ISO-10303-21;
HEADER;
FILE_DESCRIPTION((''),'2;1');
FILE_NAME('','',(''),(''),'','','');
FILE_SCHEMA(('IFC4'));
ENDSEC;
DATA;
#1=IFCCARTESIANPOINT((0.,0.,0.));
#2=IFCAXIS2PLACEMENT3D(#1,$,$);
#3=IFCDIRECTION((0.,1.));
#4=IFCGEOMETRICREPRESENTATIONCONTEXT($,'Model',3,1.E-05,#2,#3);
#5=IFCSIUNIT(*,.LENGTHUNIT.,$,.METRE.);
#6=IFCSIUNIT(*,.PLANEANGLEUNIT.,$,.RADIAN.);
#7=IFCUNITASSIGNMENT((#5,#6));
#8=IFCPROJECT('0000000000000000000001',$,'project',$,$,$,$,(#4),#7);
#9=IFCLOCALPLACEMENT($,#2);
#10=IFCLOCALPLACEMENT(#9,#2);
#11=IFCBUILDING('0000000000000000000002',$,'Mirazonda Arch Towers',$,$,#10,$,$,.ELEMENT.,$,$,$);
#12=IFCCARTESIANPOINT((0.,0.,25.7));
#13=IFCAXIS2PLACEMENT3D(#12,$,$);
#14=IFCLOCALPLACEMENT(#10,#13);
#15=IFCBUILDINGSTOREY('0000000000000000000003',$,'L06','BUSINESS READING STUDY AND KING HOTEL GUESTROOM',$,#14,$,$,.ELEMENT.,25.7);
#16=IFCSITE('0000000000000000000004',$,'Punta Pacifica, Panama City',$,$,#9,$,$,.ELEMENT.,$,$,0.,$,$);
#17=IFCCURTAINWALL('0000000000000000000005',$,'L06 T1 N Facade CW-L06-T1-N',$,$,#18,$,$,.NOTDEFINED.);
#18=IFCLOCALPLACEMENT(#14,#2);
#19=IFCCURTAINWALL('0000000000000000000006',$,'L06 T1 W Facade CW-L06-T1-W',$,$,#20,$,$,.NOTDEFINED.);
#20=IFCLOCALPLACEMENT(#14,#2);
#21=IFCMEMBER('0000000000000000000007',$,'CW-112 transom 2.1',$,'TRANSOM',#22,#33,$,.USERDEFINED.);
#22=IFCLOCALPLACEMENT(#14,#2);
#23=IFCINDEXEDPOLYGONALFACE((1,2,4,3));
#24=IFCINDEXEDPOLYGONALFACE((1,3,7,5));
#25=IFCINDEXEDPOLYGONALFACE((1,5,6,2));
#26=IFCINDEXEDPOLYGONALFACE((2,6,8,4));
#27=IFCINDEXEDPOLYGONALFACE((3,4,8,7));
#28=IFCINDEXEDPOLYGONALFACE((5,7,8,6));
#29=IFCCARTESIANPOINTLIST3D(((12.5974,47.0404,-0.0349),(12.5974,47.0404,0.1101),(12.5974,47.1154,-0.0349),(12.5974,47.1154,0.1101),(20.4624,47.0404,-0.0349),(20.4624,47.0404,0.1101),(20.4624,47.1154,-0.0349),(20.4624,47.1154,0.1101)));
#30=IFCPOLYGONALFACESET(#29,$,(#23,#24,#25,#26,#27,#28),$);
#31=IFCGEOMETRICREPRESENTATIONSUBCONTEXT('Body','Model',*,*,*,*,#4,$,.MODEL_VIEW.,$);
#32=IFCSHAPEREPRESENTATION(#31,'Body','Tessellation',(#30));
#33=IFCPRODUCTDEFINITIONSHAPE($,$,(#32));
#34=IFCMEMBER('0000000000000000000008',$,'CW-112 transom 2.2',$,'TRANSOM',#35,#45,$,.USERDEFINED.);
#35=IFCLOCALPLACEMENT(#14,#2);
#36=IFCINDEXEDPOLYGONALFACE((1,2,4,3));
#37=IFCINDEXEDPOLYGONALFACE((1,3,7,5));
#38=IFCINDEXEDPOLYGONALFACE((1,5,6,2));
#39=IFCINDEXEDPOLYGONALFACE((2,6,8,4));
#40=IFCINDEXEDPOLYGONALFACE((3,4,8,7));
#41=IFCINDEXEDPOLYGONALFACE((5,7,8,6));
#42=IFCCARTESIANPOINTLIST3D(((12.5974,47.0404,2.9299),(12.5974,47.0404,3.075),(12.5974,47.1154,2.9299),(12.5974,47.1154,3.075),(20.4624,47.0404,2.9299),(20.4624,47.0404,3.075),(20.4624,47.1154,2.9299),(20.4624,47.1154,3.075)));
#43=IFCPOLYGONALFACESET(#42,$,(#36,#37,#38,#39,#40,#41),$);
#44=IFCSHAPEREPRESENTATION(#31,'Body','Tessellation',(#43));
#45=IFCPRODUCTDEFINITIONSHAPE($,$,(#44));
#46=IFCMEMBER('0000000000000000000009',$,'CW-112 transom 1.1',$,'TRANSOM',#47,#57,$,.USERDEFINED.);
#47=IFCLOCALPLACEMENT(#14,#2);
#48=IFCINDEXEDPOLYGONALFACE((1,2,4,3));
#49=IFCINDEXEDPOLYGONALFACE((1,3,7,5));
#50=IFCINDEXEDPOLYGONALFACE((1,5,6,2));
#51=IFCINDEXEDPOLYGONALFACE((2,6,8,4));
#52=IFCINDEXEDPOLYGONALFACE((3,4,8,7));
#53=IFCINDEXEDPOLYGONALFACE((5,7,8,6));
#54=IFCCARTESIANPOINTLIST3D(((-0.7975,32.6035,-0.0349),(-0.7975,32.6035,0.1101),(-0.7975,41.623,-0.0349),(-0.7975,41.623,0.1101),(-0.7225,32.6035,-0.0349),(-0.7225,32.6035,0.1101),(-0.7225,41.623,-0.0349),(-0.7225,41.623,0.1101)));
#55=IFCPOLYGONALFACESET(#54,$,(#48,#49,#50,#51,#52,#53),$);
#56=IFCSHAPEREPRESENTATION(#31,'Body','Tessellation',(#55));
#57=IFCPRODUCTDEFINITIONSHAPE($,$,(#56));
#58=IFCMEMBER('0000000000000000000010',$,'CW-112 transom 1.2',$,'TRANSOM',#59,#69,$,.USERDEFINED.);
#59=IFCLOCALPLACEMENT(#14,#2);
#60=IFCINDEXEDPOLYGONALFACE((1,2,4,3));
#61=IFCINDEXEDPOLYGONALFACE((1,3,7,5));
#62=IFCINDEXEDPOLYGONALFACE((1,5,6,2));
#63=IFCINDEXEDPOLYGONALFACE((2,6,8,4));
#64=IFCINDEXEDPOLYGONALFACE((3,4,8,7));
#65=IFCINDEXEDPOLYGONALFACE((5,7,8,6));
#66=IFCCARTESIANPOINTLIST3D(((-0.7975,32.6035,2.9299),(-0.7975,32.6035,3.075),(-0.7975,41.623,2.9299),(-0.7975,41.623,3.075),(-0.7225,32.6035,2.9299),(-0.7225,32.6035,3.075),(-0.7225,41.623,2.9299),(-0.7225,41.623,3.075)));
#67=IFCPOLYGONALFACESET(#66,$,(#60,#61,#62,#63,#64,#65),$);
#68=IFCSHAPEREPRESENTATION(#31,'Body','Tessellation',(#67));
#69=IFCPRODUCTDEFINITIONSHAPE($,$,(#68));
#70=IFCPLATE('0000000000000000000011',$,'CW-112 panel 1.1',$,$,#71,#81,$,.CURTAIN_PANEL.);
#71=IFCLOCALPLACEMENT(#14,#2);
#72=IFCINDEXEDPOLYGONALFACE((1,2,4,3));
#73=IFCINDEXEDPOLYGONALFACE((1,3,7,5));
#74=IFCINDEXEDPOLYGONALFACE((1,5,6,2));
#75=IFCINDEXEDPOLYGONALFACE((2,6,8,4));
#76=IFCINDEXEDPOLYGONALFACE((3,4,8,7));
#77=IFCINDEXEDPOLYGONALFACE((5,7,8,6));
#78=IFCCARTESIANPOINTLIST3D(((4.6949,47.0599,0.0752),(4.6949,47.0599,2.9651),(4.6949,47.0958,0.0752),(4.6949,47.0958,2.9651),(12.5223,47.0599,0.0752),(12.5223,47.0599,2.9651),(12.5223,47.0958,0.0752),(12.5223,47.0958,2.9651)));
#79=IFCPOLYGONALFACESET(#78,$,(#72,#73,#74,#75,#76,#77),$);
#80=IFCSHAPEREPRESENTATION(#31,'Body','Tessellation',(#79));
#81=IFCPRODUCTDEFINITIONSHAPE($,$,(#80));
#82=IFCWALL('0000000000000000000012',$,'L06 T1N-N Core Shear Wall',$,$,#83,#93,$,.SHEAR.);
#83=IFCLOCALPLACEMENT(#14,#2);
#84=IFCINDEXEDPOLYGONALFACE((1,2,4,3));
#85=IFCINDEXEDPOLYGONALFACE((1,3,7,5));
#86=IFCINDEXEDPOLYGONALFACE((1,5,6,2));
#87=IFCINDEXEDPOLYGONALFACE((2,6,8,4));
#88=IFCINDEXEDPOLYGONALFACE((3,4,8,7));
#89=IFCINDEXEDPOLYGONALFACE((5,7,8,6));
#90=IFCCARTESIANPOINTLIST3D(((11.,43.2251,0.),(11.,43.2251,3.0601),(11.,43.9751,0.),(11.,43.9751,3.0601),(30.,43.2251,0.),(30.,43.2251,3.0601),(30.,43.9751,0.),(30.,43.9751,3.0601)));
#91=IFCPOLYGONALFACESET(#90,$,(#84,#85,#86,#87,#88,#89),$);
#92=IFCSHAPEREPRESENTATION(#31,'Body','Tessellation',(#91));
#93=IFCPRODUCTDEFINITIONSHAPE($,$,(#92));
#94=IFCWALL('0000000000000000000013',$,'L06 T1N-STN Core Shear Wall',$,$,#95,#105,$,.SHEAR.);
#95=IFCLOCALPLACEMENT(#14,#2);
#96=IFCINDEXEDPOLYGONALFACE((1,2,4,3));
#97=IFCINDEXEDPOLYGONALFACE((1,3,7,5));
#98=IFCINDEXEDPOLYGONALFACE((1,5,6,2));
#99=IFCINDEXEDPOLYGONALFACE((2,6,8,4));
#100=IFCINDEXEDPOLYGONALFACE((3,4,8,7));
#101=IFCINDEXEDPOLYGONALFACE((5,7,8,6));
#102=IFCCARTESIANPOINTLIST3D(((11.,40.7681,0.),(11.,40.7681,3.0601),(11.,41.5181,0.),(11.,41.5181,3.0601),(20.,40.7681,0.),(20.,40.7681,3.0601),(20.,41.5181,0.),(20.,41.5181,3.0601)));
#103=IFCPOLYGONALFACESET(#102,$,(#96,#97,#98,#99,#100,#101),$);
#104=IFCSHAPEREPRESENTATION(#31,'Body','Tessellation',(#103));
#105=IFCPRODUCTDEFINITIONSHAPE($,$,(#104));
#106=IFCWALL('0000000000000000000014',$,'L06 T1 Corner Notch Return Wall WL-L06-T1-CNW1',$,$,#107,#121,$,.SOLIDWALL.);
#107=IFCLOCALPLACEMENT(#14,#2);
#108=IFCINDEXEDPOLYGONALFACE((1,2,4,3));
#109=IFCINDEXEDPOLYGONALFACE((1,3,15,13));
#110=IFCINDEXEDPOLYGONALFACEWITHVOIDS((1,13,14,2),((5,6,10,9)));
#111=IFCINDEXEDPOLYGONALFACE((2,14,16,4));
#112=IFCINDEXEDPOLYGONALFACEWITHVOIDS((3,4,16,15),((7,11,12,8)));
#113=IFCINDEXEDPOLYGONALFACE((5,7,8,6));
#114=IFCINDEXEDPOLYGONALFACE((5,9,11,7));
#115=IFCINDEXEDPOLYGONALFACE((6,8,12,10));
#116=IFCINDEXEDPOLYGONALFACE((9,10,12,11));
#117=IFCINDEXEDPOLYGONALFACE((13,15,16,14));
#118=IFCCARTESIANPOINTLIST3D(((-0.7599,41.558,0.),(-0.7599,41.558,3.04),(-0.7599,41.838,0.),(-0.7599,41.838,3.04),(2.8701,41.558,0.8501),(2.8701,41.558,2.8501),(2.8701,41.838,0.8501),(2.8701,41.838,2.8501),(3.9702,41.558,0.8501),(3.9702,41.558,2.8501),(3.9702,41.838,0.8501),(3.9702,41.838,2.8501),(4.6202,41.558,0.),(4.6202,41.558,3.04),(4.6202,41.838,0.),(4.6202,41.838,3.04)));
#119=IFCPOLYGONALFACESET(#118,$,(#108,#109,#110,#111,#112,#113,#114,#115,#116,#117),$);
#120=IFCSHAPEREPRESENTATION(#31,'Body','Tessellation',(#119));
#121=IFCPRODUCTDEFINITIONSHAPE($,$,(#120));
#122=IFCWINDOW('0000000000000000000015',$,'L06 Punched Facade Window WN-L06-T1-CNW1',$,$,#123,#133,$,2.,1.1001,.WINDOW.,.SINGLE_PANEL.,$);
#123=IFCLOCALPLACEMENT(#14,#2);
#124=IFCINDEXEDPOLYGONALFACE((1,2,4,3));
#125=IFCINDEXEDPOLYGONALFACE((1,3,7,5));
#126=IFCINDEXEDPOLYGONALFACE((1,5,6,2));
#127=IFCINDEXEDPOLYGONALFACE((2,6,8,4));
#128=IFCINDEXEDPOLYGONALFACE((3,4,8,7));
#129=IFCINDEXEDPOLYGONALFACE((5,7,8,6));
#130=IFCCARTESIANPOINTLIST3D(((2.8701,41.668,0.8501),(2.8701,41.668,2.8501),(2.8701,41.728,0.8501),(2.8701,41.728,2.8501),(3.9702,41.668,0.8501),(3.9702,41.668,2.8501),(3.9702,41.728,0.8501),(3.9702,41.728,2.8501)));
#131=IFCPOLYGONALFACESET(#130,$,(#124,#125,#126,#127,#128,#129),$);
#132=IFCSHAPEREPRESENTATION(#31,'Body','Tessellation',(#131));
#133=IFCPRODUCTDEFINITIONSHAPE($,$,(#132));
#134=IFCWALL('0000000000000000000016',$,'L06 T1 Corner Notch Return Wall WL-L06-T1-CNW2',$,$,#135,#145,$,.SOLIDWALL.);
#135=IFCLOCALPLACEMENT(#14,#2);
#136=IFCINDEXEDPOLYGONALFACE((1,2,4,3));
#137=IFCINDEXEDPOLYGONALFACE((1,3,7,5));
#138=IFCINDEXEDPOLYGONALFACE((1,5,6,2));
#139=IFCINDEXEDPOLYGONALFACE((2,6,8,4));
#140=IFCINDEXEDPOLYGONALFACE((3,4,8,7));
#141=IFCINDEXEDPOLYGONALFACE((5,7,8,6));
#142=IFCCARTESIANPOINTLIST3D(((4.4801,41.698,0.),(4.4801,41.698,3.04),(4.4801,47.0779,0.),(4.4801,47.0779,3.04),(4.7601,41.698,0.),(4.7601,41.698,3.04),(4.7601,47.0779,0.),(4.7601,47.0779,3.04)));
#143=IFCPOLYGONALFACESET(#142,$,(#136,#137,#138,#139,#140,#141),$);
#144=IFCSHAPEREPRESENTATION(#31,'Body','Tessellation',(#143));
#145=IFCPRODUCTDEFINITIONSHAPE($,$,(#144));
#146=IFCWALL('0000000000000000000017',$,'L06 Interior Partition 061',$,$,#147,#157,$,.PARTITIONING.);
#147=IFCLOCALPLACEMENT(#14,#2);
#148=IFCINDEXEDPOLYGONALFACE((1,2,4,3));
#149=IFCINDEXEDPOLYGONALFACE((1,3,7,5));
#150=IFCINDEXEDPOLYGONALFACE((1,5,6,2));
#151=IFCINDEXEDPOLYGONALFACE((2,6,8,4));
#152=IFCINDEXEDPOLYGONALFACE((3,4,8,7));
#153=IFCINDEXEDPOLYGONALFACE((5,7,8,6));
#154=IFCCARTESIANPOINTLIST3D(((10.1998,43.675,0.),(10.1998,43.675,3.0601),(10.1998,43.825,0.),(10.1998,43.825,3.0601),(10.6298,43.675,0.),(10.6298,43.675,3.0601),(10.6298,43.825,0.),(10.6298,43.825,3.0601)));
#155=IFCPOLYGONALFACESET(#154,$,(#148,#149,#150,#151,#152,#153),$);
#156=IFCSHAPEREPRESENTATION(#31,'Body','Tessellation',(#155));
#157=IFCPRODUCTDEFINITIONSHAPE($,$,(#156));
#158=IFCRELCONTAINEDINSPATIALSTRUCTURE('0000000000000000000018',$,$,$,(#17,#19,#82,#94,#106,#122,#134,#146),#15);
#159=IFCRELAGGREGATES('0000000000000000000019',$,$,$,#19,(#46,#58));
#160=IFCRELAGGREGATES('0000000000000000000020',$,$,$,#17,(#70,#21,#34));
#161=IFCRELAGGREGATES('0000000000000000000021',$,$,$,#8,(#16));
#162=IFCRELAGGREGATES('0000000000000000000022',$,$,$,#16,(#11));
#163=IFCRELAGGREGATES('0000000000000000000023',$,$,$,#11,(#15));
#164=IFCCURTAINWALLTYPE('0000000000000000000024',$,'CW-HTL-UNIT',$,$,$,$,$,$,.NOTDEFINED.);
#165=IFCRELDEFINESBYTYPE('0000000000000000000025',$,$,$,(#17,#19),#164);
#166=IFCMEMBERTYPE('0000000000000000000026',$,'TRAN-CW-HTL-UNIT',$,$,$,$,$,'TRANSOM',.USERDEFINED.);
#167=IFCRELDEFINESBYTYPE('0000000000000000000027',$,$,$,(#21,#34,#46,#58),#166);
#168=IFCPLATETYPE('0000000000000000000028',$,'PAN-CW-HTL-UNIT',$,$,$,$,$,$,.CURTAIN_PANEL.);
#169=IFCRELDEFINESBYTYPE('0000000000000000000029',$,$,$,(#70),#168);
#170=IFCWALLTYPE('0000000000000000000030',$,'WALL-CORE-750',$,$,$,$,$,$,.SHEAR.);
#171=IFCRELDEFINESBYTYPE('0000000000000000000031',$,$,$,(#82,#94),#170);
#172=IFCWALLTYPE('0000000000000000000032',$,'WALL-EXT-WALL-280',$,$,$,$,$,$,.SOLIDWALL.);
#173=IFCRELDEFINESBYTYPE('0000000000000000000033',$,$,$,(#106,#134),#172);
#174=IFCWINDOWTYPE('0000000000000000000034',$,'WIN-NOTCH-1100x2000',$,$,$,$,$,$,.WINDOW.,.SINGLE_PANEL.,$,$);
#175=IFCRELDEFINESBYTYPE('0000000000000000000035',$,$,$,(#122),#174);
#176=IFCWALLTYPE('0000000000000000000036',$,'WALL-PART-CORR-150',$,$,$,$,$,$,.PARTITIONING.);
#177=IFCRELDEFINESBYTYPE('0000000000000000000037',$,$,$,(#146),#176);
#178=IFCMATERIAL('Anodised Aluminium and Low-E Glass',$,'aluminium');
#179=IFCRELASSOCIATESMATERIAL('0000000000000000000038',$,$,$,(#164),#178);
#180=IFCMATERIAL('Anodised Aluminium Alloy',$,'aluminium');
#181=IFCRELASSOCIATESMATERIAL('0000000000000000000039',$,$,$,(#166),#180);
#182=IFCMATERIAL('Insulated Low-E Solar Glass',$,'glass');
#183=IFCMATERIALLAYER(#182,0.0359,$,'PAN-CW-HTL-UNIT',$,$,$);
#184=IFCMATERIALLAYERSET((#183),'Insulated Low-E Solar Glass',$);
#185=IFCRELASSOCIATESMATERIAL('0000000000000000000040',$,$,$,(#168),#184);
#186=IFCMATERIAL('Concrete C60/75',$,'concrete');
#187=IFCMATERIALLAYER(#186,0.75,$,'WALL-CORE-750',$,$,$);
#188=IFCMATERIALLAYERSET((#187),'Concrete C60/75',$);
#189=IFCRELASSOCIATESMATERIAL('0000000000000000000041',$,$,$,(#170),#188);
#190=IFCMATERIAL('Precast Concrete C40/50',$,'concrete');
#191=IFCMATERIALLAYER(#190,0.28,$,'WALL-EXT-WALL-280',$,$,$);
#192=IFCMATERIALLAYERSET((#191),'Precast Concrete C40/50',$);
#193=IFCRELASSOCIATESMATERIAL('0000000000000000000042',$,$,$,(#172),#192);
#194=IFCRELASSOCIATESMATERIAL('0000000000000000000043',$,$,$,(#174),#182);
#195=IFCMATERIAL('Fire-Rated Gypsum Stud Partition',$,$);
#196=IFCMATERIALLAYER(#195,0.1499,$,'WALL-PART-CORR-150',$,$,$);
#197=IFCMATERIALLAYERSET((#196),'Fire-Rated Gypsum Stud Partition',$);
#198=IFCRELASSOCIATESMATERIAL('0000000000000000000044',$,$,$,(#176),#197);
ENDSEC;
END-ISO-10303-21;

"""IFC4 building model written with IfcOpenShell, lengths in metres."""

from ifc_helpers import new_model, si_unit, direction, frame, frame_2d, origin, origin_2d, place, context, subcontext, project, spatial, rectangle, extrude, material, layer, layer_set, material_profile, profile_set, type_object, element, fill, aggregate, save


model = new_model("IFC4")

# Units and contexts
model_context = context("Model", 3, precision=1e-05, world=origin(), true_north=direction((0.0, 1.0)))
body_context = subcontext(model_context, "Body", "Model", "MODEL_VIEW")
ifc_project = project(units=[si_unit("LENGTHUNIT", "METRE"), si_unit("PLANEANGLEUNIT", "RADIAN")], contexts=[model_context])

# Site, building, storey
site_placement = place(None, origin())
site = spatial("IfcSite", under=ifc_project, at=site_placement, Name="Punta Pacifica, Panama City", CompositionType="ELEMENT", RefElevation=0.0)
building_placement = place(site_placement, origin())
building = spatial("IfcBuilding", under=site, at=building_placement, Name="Mirazonda Arch Towers", CompositionType="ELEMENT")
storey_placement = place(building_placement, frame((0.0, 0.0, 25.7)))
storey = spatial("IfcBuildingStorey", under=building, at=storey_placement, Name="L06", Description="BUSINESS READING STUDY AND KING HOTEL GUESTROOM", CompositionType="ELEMENT", Elevation=25.7)

# Shared definitions
ifc_material_1 = material(Name="Concrete C60/75", Category="concrete")

# Curtain wall
ifc_material_2 = material(Name="Anodised Aluminium and Low-E Glass", Category="aluminium")
curtain_wall_type = type_object("IfcCurtainWallType", Name="CW-HTL-UNIT", PredefinedType="NOTDEFINED", material=ifc_material_2)
curtain_wall_1_placement = place(storey_placement, origin())
curtain_wall_1 = element("IfcCurtainWall", 1, at=curtain_wall_1_placement, inside=storey, type_object=curtain_wall_type, Name="L06 T1 N Facade CW-L06-T1-N", PredefinedType="NOTDEFINED")
ifc_material_3 = material(Name="Anodised Aluminium Alloy", Category="aluminium")

# Curtain wall
curtain_wall_2_placement = place(storey_placement, origin())
curtain_wall_2 = element("IfcCurtainWall", 2, at=curtain_wall_2_placement, inside=storey, type_object=curtain_wall_type, Name="L06 T1 W Facade CW-L06-T1-W", PredefinedType="NOTDEFINED")

# Members
ifc_material_profile_1 = material_profile(ifc_material_3, rectangle(XDim=0.075, YDim=0.145, at=origin_2d()), Name="ALU-TRAN-75x145")
ifc_profile_set_1 = profile_set([ifc_material_profile_1], Name="Anodised Aluminium Alloy")
member_type_1 = type_object("IfcMemberType", Name="TRAN-CW-HTL-UNIT", ElementType="TRANSOM", PredefinedType="USERDEFINED", material=ifc_profile_set_1)
member_1_placement = place(storey_placement, frame((12.5974, 47.0779, 0.0376), z_axis=(1.0, 0.0, 0.0), x_axis=(0.0, 1.0, 0.0)))
member_1 = element("IfcMember", 3, at=member_1_placement, type_object=member_type_1, Name="CW-112 transom 2.1", ObjectType="TRANSOM", PredefinedType="USERDEFINED", context=body_context, shape_type="SweptSolid", body=[
    extrude(rectangle(XDim=0.075, YDim=0.145, at=origin_2d()), origin(), (0.0, 0.0, 1.0), 7.865),
])
member_2_placement = place(storey_placement, frame((12.5974, 47.0779, 3.0024), z_axis=(1.0, 0.0, 0.0), x_axis=(0.0, 1.0, 0.0)))
member_2 = element("IfcMember", 4, at=member_2_placement, type_object=member_type_1, Name="CW-112 transom 2.2", ObjectType="TRANSOM", PredefinedType="USERDEFINED", context=body_context, shape_type="SweptSolid", body=[
    extrude(rectangle(XDim=0.075, YDim=0.145, at=origin_2d()), origin(), (0.0, 0.0, 1.0), 7.865),
])
member_3_placement = place(storey_placement, frame((-0.76, 41.623, 0.0376), z_axis=(0.0, -1.0, 0.0), x_axis=(1.0, 0.0, 0.0)))
member_3 = element("IfcMember", 5, at=member_3_placement, type_object=member_type_1, Name="CW-112 transom 1.1", ObjectType="TRANSOM", PredefinedType="USERDEFINED", context=body_context, shape_type="SweptSolid", body=[
    extrude(rectangle(XDim=0.075, YDim=0.145, at=origin_2d()), origin(), (0.0, 0.0, 1.0), 9.0195),
])
member_4_placement = place(storey_placement, frame((-0.76, 41.623, 3.0024), z_axis=(0.0, -1.0, 0.0), x_axis=(1.0, 0.0, 0.0)))
member_4 = element("IfcMember", 6, at=member_4_placement, type_object=member_type_1, Name="CW-112 transom 1.2", ObjectType="TRANSOM", PredefinedType="USERDEFINED", context=body_context, shape_type="SweptSolid", body=[
    extrude(rectangle(XDim=0.075, YDim=0.145, at=origin_2d()), origin(), (0.0, 0.0, 1.0), 9.0195),
])
aggregate(curtain_wall_2, [member_3, member_4])

# Plate
ifc_material_4 = material(Name="Insulated Low-E Solar Glass", Category="glass")
ifc_layer_1 = layer(ifc_material_4, 0.0359, Name="PAN-CW-HTL-UNIT")
ifc_layer_set_1 = layer_set([ifc_layer_1], Name="Insulated Low-E Solar Glass")
plate_type = type_object("IfcPlateType", Name="PAN-CW-HTL-UNIT", PredefinedType="CURTAIN_PANEL", material=ifc_layer_set_1)
plate_placement = place(storey_placement, frame((8.6086, 47.0779, 0.0752), z_axis=(0.0, 0.0, 1.0), x_axis=(1.0, 0.0, 0.0)))
plate = element("IfcPlate", 7, at=plate_placement, type_object=plate_type, Name="CW-112 panel 1.1", PredefinedType="CURTAIN_PANEL", context=body_context, shape_type="SweptSolid", body=[
    extrude(rectangle(XDim=7.8274, YDim=0.0359, at=origin_2d()), origin(), (0.0, 0.0, 1.0), 2.8899),
])
aggregate(curtain_wall_1, [plate, member_1, member_2])

# Walls
ifc_layer_2 = layer(ifc_material_1, 0.75, Name="WALL-CORE-750")
ifc_layer_set_2 = layer_set([ifc_layer_2], Name="Concrete C60/75")
wall_type_1 = type_object("IfcWallType", Name="WALL-CORE-750", PredefinedType="SHEAR", material=ifc_layer_set_2)
wall_1_placement = place(storey_placement, frame((11.0, 43.6001, 0.0), z_axis=(0.0, 0.0, 1.0), x_axis=(1.0, 0.0, 0.0)))
element("IfcWall", 8, at=wall_1_placement, inside=storey, type_object=wall_type_1, Name="L06 T1N-N Core Shear Wall", PredefinedType="SHEAR", context=body_context, shape_type="SweptSolid", body=[
    extrude(rectangle(XDim=19.0, YDim=0.75, at=frame_2d((9.5, 0.0))), origin(), (0.0, 0.0, 1.0), 3.0601),
])
wall_2_placement = place(storey_placement, frame((11.0, 41.1431, 0.0), z_axis=(0.0, 0.0, 1.0), x_axis=(1.0, 0.0, 0.0)))
element("IfcWall", 9, at=wall_2_placement, inside=storey, type_object=wall_type_1, Name="L06 T1N-STN Core Shear Wall", PredefinedType="SHEAR", context=body_context, shape_type="SweptSolid", body=[
    extrude(rectangle(XDim=9.0, YDim=0.75, at=frame_2d((4.5, 0.0))), origin(), (0.0, 0.0, 1.0), 3.0601),
])

# Wall, opening, window
ifc_material_5 = material(Name="Precast Concrete C40/50", Category="concrete")
ifc_layer_3 = layer(ifc_material_5, 0.28, Name="WALL-EXT-WALL-280")
ifc_layer_set_3 = layer_set([ifc_layer_3], Name="Precast Concrete C40/50")
wall_type_2 = type_object("IfcWallType", Name="WALL-EXT-WALL-280", PredefinedType="SOLIDWALL", material=ifc_layer_set_3)
wall_3_placement = place(storey_placement, frame((4.6201, 41.698, 0.0), z_axis=(0.0, 0.0, 1.0), x_axis=(-1.0, 0.0, 0.0)))
wall_3 = element("IfcWall", 10, at=wall_3_placement, inside=storey, type_object=wall_type_2, Name="L06 T1 Corner Notch Return Wall WL-L06-T1-CNW1", PredefinedType="SOLIDWALL", context=body_context, shape_type="SweptSolid", body=[
    extrude(rectangle(XDim=5.3801, YDim=0.28, at=frame_2d((2.6899, 0.0))), origin(), (0.0, 0.0, 1.0), 3.04),
])
opening_1_placement = place(wall_3_placement, frame((0.6499, 0.0, 0.8501)))
opening_1 = element("IfcOpeningElement", 11, at=opening_1_placement, cuts=wall_3, PredefinedType="OPENING", context=body_context, shape_type="SweptSolid", body=[
    extrude(rectangle(XDim=1.1001, YDim=2.0, at=frame_2d((0.55, 1.0))), frame((0.0, 0.1499, 0.0), z_axis=(0.0, -1.0, 0.0), x_axis=(1.0, 0.0, 0.0)), (0.0, 0.0, 1.0), 0.3),
])
window_type = type_object("IfcWindowType", Name="WIN-NOTCH-1100x2000", PartitioningType="SINGLE_PANEL", PredefinedType="WINDOW", material=ifc_material_4)
window_placement = place(opening_1_placement, origin())
window = element("IfcWindow", 12, at=window_placement, inside=storey, type_object=window_type, Name="L06 Punched Facade Window WN-L06-T1-CNW1", OverallHeight=2.0, OverallWidth=1.1001, PartitioningType="SINGLE_PANEL", PredefinedType="WINDOW", context=body_context, shape_type="SweptSolid", body=[
    extrude(rectangle(XDim=1.1001, YDim=2.0, at=frame_2d((0.55, 1.0))), frame((0.0, 0.03, 0.0), z_axis=(0.0, -1.0, 0.0), x_axis=(1.0, 0.0, 0.0)), (0.0, 0.0, 1.0), 0.0601),
])
fill(opening_1, window)

# Walls
wall_4_placement = place(storey_placement, frame((4.6201, 47.0779, 0.0), z_axis=(0.0, 0.0, 1.0), x_axis=(0.0, -1.0, 0.0)))
element("IfcWall", 13, at=wall_4_placement, inside=storey, type_object=wall_type_2, Name="L06 T1 Corner Notch Return Wall WL-L06-T1-CNW2", PredefinedType="SOLIDWALL", context=body_context, shape_type="SweptSolid", body=[
    extrude(rectangle(XDim=5.3799, YDim=0.28, at=frame_2d((2.6899, 0.0))), origin(), (0.0, 0.0, 1.0), 3.04),
])
ifc_material_6 = material(Name="Fire-Rated Gypsum Stud Partition")
ifc_layer_4 = layer(ifc_material_6, 0.1499, Name="WALL-PART-CORR-150")
ifc_layer_set_4 = layer_set([ifc_layer_4], Name="Fire-Rated Gypsum Stud Partition")
wall_type_3 = type_object("IfcWallType", Name="WALL-PART-CORR-150", PredefinedType="PARTITIONING", material=ifc_layer_set_4)
wall_5_placement = place(storey_placement, frame((10.2, 43.75, 0.0), z_axis=(0.0, 0.0, 1.0), x_axis=(1.0, 0.0, 0.0)))
element("IfcWall", 14, at=wall_5_placement, inside=storey, type_object=wall_type_3, Name="L06 Interior Partition 061", PredefinedType="PARTITIONING", context=body_context, shape_type="SweptSolid", body=[
    extrude(rectangle(XDim=0.4299, YDim=0.1499, at=frame_2d((0.2148, 0.0))), origin(), (0.0, 0.0, 1.0), 3.0601),
])

save(model, "model.ifc")
